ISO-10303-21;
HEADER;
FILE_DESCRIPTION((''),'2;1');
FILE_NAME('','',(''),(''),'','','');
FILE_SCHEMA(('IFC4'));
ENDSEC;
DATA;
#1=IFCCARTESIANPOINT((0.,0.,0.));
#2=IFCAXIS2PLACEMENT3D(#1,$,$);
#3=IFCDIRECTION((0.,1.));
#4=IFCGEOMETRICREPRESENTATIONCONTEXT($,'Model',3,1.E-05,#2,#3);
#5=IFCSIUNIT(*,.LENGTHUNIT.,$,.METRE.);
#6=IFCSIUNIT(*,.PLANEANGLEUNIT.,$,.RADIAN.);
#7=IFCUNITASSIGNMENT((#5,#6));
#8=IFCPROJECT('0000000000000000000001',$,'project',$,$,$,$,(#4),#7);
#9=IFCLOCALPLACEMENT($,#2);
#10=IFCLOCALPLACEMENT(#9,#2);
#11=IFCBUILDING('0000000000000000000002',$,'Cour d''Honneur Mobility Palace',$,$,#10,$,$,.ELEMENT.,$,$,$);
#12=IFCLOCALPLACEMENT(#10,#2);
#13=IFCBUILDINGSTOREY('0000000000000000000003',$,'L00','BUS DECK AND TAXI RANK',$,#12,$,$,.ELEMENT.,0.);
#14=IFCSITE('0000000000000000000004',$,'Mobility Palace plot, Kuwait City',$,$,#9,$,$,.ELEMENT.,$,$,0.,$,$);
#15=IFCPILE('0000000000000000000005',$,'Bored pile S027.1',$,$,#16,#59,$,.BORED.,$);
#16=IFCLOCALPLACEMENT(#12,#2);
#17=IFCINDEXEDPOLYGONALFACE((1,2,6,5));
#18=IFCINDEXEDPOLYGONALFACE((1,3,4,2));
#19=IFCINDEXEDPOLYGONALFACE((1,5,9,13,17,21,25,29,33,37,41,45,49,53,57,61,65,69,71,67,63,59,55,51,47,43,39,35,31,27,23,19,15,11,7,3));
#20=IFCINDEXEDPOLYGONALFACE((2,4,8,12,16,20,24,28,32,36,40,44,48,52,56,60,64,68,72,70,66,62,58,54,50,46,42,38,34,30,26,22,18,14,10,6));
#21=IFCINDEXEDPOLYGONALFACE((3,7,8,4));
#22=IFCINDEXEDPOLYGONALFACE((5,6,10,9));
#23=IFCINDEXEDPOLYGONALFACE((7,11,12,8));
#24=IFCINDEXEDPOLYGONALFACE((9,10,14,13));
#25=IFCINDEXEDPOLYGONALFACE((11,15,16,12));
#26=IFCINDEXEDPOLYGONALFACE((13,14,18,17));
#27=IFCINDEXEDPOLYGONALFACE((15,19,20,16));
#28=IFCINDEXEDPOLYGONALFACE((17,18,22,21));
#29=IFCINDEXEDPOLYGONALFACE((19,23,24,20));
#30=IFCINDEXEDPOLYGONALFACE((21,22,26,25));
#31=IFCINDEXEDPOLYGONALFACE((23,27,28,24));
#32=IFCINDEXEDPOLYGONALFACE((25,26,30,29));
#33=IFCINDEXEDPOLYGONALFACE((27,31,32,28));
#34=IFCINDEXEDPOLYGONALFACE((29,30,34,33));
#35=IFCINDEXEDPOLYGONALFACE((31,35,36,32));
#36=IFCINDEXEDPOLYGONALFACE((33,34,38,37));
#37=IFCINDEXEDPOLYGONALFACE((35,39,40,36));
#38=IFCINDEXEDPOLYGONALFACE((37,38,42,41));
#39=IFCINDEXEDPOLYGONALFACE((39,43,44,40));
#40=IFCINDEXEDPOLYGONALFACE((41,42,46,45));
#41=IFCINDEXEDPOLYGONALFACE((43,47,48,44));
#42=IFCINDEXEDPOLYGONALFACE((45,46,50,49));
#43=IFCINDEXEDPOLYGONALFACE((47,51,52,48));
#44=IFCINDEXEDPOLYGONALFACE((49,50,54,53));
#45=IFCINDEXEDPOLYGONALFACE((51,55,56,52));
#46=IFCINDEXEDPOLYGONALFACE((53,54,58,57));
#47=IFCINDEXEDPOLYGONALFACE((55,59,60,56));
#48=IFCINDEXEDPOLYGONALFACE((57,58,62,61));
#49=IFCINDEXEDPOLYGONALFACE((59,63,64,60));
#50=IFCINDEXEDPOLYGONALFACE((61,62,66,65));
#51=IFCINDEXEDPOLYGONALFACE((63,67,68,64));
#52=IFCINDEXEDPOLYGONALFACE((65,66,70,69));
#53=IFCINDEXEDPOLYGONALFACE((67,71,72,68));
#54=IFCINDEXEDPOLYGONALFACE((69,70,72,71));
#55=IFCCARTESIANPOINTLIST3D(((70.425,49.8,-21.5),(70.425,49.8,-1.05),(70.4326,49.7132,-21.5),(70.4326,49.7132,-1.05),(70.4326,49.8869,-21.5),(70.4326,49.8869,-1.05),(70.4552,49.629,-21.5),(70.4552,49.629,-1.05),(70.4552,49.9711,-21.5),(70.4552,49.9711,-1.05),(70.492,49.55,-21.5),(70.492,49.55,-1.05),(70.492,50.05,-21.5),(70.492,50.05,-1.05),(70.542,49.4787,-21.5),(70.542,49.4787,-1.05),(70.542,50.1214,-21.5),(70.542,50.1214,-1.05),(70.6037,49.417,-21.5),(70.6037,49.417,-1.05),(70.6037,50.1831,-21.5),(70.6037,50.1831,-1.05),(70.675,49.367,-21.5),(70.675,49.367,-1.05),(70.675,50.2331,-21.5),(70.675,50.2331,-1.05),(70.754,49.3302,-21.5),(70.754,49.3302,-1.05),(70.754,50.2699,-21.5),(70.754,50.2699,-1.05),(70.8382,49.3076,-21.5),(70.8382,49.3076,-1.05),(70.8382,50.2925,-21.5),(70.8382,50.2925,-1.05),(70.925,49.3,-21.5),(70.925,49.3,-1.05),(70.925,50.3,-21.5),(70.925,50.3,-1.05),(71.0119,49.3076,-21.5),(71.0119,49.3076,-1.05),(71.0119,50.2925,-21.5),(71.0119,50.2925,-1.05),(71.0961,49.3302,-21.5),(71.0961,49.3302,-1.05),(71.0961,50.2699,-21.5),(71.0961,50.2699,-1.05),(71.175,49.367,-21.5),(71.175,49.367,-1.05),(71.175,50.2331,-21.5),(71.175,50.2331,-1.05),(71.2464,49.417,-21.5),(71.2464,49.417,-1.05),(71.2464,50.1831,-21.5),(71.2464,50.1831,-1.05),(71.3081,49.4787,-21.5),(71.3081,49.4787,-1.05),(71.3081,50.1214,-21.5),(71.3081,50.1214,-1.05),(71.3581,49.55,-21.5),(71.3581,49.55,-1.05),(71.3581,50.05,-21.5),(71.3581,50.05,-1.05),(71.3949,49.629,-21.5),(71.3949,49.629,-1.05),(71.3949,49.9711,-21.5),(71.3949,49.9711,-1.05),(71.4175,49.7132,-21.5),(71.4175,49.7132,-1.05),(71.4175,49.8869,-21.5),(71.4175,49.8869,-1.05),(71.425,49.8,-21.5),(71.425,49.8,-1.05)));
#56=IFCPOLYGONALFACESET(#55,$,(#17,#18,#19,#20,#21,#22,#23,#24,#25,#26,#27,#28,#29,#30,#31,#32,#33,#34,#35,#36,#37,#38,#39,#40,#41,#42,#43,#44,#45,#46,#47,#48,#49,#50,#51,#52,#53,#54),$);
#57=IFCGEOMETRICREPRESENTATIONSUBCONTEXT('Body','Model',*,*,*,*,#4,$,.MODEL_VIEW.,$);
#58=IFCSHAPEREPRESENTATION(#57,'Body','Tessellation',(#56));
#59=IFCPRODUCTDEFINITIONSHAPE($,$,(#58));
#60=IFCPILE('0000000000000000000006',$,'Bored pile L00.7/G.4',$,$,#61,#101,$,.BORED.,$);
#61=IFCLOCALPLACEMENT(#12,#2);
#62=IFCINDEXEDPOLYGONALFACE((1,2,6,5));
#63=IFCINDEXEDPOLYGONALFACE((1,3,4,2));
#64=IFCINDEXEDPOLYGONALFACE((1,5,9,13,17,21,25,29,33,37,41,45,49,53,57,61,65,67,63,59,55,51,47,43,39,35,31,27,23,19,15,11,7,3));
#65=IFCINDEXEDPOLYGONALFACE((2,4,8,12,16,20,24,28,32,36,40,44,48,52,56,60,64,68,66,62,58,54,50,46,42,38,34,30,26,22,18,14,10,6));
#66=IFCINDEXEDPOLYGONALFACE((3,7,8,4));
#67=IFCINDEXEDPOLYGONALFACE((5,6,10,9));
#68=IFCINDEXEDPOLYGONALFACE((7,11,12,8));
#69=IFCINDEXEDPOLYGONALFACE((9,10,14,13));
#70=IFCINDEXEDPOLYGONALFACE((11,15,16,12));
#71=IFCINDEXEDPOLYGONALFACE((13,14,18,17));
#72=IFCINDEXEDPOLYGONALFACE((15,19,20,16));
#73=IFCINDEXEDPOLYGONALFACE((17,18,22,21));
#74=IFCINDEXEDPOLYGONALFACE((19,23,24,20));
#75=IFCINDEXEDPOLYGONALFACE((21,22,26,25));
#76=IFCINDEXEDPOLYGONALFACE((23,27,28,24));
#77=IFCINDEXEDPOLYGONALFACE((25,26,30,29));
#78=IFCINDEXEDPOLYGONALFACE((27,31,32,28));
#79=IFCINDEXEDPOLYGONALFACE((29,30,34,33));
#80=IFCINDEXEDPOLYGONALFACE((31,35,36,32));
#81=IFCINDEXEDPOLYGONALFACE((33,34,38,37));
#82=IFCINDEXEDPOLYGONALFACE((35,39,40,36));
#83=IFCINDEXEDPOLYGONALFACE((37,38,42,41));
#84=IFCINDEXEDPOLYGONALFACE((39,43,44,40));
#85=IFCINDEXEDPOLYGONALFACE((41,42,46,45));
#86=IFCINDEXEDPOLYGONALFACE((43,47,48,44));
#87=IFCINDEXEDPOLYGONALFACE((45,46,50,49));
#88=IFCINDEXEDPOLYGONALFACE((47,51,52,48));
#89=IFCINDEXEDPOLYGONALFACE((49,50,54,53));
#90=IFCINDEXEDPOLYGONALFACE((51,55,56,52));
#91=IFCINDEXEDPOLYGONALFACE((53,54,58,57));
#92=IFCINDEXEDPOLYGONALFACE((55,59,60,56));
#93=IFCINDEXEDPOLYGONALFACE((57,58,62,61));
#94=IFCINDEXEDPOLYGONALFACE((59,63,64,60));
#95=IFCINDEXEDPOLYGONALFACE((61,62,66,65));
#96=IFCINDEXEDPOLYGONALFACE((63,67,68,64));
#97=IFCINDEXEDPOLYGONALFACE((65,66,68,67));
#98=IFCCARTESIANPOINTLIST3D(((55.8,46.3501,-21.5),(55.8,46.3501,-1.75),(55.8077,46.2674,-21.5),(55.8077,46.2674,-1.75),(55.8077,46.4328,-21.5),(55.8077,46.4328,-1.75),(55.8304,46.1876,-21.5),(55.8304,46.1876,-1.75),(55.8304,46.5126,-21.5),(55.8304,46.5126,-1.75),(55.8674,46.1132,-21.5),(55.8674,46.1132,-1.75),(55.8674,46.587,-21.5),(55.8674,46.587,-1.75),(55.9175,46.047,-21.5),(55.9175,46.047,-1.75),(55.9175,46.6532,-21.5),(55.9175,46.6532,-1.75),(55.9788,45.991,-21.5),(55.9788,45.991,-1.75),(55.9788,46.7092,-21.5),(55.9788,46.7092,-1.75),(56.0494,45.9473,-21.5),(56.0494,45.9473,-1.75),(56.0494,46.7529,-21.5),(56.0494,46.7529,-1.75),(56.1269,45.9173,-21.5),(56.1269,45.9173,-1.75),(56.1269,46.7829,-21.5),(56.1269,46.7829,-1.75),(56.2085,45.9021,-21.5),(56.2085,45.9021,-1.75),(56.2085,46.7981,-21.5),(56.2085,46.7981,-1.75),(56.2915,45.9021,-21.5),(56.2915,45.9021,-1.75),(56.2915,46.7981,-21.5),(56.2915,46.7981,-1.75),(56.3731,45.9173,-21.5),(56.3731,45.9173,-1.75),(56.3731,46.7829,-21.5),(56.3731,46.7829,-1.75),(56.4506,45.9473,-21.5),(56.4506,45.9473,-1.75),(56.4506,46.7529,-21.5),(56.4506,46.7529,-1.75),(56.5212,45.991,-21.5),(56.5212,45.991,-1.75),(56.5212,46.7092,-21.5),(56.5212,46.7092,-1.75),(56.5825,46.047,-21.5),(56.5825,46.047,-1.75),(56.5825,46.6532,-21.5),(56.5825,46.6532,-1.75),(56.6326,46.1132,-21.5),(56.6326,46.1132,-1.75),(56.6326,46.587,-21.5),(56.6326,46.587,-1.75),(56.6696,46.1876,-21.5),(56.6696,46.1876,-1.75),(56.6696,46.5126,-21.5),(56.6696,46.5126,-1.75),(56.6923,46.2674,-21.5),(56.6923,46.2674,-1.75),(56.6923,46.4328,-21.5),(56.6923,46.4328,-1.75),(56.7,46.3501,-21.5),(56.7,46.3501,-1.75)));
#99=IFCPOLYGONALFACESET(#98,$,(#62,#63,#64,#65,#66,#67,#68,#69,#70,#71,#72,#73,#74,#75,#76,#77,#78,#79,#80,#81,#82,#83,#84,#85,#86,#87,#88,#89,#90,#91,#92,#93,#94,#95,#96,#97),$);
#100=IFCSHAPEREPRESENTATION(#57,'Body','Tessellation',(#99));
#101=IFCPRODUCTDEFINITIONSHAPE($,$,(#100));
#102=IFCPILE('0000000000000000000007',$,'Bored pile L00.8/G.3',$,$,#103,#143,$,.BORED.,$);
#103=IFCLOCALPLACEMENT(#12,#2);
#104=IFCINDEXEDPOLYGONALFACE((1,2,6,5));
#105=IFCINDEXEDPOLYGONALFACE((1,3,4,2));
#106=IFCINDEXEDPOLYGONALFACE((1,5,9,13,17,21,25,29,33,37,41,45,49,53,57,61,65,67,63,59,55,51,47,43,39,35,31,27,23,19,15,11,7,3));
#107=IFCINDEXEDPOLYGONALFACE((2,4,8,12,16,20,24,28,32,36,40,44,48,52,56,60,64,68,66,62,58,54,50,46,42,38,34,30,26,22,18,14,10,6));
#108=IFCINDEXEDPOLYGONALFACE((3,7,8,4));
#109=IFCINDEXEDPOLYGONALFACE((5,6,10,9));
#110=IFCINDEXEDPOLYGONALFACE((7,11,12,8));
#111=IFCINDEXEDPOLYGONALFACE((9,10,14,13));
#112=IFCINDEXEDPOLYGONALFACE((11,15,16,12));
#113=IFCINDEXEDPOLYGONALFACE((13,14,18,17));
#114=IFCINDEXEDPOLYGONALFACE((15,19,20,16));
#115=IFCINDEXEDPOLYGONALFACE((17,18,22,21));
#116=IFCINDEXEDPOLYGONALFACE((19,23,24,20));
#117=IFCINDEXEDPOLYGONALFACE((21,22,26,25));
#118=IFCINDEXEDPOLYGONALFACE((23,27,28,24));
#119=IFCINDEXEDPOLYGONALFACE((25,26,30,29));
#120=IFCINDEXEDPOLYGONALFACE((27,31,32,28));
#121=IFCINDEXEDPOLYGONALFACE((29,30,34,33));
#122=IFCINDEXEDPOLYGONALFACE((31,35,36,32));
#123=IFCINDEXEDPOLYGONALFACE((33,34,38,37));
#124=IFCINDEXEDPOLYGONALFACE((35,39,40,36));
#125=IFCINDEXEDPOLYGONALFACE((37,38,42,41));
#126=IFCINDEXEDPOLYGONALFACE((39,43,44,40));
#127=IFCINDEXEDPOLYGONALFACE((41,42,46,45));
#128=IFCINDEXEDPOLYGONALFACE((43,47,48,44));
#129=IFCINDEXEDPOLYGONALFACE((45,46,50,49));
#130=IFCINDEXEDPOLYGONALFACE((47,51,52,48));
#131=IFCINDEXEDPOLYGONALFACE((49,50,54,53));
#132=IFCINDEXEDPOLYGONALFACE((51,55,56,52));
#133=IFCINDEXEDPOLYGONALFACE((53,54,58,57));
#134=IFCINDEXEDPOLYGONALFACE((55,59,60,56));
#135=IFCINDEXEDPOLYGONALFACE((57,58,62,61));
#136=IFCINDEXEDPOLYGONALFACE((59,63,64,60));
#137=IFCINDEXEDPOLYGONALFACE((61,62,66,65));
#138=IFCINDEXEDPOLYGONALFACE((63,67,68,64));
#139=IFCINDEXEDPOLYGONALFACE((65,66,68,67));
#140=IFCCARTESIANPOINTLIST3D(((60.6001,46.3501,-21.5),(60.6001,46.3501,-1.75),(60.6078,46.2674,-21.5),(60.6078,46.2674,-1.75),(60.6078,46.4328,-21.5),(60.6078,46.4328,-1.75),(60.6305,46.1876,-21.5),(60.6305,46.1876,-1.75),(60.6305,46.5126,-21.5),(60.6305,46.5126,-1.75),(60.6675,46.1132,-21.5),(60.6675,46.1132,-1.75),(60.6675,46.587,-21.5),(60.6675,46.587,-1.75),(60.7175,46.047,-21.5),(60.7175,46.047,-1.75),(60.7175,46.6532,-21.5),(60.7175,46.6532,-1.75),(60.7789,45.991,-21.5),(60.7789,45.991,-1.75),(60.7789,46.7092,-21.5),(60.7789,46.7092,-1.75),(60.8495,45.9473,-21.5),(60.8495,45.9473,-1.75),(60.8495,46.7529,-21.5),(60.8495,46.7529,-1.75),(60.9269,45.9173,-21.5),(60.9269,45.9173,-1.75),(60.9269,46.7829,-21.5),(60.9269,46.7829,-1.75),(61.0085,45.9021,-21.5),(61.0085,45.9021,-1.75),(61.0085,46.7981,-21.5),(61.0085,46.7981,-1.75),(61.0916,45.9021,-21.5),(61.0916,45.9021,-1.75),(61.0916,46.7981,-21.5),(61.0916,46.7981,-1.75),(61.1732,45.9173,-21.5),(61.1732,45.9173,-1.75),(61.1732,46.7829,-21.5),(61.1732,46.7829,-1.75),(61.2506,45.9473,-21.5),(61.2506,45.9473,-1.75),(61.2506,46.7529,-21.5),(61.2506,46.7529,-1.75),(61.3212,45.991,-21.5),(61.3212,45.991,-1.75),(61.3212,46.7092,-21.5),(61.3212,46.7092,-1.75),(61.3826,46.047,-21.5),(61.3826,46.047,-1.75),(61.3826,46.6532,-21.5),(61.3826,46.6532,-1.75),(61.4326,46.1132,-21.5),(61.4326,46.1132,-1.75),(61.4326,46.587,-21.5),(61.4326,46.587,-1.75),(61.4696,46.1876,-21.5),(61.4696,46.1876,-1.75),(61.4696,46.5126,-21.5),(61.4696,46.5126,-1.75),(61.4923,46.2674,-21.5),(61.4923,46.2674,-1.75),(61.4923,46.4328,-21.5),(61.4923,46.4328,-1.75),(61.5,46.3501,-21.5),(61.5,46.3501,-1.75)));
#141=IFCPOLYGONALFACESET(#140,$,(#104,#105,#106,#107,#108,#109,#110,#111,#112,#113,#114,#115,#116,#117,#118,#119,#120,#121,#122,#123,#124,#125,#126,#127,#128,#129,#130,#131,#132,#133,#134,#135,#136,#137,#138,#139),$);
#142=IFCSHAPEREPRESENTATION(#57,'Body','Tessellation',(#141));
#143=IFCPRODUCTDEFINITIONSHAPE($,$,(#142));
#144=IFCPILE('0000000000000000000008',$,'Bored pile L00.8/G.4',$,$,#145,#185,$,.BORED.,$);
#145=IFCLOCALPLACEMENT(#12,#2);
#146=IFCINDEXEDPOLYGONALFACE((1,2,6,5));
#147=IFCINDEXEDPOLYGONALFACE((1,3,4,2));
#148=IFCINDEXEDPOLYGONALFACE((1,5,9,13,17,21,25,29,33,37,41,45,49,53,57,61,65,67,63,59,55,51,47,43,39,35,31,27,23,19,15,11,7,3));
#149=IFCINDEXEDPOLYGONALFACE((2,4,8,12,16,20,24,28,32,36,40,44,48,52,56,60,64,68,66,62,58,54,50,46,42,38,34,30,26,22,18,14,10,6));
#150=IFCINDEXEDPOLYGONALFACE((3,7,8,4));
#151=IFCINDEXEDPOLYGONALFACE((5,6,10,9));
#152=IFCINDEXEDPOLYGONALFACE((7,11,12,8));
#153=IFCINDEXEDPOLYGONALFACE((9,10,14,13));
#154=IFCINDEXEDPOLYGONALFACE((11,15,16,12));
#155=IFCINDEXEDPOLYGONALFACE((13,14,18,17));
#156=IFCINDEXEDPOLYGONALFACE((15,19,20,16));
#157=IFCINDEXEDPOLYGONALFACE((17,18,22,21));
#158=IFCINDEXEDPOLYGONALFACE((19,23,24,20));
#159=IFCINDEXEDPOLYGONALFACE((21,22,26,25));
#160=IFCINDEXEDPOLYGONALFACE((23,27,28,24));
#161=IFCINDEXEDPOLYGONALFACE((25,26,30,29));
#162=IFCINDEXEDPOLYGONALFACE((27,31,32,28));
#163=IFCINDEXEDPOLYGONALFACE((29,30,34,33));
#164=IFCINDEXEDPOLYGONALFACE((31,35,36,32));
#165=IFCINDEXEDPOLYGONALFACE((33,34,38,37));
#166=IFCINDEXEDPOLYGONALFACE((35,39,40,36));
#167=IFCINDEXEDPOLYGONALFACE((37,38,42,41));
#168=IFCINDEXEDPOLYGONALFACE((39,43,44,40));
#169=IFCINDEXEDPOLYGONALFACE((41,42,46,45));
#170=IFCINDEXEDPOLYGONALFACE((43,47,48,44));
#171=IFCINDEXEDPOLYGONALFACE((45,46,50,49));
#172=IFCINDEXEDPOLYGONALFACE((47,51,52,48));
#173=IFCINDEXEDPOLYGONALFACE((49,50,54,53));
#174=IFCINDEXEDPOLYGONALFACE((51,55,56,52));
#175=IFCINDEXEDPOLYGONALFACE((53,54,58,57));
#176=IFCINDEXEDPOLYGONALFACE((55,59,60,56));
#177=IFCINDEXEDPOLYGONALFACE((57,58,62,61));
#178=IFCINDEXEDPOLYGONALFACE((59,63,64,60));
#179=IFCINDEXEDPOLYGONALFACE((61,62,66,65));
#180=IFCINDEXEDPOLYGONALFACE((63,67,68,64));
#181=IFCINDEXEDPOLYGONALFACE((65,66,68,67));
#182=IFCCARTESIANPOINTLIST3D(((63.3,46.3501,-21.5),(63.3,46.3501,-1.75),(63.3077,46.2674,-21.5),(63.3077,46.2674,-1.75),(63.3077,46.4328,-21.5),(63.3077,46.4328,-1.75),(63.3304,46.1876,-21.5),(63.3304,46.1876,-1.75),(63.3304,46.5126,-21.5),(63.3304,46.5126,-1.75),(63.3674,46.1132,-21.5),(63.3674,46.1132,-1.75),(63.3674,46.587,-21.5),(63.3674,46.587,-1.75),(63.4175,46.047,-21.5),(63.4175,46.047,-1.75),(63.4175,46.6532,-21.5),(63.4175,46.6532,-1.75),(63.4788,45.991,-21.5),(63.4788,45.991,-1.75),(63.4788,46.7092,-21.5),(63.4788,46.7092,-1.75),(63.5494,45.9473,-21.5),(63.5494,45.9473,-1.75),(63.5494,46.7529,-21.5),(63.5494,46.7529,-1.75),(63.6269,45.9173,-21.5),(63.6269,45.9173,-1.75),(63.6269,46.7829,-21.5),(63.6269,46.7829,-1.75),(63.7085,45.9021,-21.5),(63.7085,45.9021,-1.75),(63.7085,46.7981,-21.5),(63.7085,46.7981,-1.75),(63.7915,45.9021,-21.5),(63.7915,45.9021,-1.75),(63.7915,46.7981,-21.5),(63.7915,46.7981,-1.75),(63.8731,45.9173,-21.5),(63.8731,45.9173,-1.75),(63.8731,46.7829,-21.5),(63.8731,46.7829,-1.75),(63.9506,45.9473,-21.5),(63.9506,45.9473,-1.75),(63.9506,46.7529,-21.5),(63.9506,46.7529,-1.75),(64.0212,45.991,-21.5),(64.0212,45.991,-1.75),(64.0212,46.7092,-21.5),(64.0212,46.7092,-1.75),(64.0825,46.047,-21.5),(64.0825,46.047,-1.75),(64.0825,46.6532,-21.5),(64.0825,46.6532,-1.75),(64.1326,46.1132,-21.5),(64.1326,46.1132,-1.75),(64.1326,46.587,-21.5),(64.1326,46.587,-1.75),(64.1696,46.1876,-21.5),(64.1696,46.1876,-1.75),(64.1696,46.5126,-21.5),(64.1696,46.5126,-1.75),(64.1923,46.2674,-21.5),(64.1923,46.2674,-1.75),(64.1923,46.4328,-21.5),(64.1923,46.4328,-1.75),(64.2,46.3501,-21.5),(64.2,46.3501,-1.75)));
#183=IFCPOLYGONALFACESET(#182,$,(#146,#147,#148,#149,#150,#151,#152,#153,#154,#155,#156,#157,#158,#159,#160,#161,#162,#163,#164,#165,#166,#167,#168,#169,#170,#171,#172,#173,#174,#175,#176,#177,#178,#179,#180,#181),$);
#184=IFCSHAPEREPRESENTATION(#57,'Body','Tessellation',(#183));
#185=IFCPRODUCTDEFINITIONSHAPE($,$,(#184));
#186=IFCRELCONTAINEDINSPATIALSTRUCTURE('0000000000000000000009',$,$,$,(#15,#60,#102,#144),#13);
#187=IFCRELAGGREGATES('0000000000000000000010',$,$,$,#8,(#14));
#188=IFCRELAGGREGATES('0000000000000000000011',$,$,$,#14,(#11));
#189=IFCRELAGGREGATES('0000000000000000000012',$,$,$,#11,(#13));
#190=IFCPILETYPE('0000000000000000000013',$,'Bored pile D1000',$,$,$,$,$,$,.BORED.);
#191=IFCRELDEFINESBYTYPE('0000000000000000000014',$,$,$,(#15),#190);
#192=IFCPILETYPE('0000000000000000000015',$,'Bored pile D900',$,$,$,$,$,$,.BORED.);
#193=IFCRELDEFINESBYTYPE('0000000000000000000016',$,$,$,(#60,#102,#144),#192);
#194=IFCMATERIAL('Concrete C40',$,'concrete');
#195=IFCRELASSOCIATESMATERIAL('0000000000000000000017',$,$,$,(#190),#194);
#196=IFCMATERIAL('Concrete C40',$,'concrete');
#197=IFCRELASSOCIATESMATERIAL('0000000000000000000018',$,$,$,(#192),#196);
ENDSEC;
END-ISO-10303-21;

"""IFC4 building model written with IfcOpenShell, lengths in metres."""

from ifc_helpers import new_model, si_unit, direction, frame, origin, origin_2d, place, context, subcontext, project, spatial, circle, extrude, material, material_profile, profile_set, type_object, element, save


model = new_model("IFC4")

# Units and contexts
model_context = context("Model", 3, precision=1e-05, world=origin(), true_north=direction((0.0, 1.0)))
body_context = subcontext(model_context, "Body", "Model", "MODEL_VIEW")
ifc_project = project(units=[si_unit("LENGTHUNIT", "METRE"), si_unit("PLANEANGLEUNIT", "RADIAN")], contexts=[model_context])

# Site, building, storey
site_placement = place(None, origin())
site = spatial("IfcSite", under=ifc_project, at=site_placement, Name="Mobility Palace plot, Kuwait City", CompositionType="ELEMENT", RefElevation=0.0)
building_placement = place(site_placement, origin())
building = spatial("IfcBuilding", under=site, at=building_placement, Name="Cour d'Honneur Mobility Palace", CompositionType="ELEMENT")
storey_placement = place(building_placement, origin())
storey = spatial("IfcBuildingStorey", under=building, at=storey_placement, Name="L00", Description="BUS DECK AND TAXI RANK", CompositionType="ELEMENT", Elevation=0.0)

# Piles
ifc_material_1 = material(Name="Concrete C40", Category="concrete")
ifc_material_profile_1 = material_profile(ifc_material_1, circle(Radius=0.5, at=origin_2d()), Name="Bored pile D1000")
ifc_profile_set_1 = profile_set([ifc_material_profile_1], Name="Concrete C40")
pile_type_1 = type_object("IfcPileType", Name="Bored pile D1000", PredefinedType="BORED", material=ifc_profile_set_1)
pile_placement = place(storey_placement, frame((70.925, 49.8, -1.05), z_axis=(0.0, 0.0, -1.0), x_axis=(1.0, 0.0, 0.0)))
element("IfcPile", 1, at=pile_placement, inside=storey, type_object=pile_type_1, Name="Bored pile S027.1", PredefinedType="BORED", context=body_context, shape_type="SweptSolid", body=[
    extrude(circle(Radius=0.5, at=origin_2d()), origin(), (0.0, 0.0, 1.0), 20.45),
])
ifc_material_2 = material(Name="Concrete C40", Category="concrete")
ifc_material_profile_2 = material_profile(ifc_material_2, circle(Radius=0.45, at=origin_2d()), Name="Bored pile D900")
ifc_profile_set_2 = profile_set([ifc_material_profile_2], Name="Concrete C40")
pile_type_2 = type_object("IfcPileType", Name="Bored pile D900", PredefinedType="BORED", material=ifc_profile_set_2)
for number, where, z_axis, x_axis, name in (
    (2, (56.25, 46.3501, -1.75), (0.0, 0.0, -1.0), (1.0, 0.0, 0.0), "Bored pile L00.7/G.4"),
    (3, (61.05, 46.3501, -1.75), (0.0, 0.0, -1.0), (1.0, 0.0, 0.0), "Bored pile L00.8/G.3"),
    (4, (63.75, 46.3501, -1.75), (0.0, 0.0, -1.0), (1.0, 0.0, 0.0), "Bored pile L00.8/G.4"),
):
    element("IfcPile", number, at=place(storey_placement, frame(where, z_axis=z_axis, x_axis=x_axis)), inside=storey, type_object=pile_type_2, Name=name, PredefinedType="BORED", context=body_context, shape_type="SweptSolid", body=[
        extrude(circle(Radius=0.45, at=origin_2d()), origin(), (0.0, 0.0, 1.0), 19.75),
    ])

save(model, "model.ifc")
